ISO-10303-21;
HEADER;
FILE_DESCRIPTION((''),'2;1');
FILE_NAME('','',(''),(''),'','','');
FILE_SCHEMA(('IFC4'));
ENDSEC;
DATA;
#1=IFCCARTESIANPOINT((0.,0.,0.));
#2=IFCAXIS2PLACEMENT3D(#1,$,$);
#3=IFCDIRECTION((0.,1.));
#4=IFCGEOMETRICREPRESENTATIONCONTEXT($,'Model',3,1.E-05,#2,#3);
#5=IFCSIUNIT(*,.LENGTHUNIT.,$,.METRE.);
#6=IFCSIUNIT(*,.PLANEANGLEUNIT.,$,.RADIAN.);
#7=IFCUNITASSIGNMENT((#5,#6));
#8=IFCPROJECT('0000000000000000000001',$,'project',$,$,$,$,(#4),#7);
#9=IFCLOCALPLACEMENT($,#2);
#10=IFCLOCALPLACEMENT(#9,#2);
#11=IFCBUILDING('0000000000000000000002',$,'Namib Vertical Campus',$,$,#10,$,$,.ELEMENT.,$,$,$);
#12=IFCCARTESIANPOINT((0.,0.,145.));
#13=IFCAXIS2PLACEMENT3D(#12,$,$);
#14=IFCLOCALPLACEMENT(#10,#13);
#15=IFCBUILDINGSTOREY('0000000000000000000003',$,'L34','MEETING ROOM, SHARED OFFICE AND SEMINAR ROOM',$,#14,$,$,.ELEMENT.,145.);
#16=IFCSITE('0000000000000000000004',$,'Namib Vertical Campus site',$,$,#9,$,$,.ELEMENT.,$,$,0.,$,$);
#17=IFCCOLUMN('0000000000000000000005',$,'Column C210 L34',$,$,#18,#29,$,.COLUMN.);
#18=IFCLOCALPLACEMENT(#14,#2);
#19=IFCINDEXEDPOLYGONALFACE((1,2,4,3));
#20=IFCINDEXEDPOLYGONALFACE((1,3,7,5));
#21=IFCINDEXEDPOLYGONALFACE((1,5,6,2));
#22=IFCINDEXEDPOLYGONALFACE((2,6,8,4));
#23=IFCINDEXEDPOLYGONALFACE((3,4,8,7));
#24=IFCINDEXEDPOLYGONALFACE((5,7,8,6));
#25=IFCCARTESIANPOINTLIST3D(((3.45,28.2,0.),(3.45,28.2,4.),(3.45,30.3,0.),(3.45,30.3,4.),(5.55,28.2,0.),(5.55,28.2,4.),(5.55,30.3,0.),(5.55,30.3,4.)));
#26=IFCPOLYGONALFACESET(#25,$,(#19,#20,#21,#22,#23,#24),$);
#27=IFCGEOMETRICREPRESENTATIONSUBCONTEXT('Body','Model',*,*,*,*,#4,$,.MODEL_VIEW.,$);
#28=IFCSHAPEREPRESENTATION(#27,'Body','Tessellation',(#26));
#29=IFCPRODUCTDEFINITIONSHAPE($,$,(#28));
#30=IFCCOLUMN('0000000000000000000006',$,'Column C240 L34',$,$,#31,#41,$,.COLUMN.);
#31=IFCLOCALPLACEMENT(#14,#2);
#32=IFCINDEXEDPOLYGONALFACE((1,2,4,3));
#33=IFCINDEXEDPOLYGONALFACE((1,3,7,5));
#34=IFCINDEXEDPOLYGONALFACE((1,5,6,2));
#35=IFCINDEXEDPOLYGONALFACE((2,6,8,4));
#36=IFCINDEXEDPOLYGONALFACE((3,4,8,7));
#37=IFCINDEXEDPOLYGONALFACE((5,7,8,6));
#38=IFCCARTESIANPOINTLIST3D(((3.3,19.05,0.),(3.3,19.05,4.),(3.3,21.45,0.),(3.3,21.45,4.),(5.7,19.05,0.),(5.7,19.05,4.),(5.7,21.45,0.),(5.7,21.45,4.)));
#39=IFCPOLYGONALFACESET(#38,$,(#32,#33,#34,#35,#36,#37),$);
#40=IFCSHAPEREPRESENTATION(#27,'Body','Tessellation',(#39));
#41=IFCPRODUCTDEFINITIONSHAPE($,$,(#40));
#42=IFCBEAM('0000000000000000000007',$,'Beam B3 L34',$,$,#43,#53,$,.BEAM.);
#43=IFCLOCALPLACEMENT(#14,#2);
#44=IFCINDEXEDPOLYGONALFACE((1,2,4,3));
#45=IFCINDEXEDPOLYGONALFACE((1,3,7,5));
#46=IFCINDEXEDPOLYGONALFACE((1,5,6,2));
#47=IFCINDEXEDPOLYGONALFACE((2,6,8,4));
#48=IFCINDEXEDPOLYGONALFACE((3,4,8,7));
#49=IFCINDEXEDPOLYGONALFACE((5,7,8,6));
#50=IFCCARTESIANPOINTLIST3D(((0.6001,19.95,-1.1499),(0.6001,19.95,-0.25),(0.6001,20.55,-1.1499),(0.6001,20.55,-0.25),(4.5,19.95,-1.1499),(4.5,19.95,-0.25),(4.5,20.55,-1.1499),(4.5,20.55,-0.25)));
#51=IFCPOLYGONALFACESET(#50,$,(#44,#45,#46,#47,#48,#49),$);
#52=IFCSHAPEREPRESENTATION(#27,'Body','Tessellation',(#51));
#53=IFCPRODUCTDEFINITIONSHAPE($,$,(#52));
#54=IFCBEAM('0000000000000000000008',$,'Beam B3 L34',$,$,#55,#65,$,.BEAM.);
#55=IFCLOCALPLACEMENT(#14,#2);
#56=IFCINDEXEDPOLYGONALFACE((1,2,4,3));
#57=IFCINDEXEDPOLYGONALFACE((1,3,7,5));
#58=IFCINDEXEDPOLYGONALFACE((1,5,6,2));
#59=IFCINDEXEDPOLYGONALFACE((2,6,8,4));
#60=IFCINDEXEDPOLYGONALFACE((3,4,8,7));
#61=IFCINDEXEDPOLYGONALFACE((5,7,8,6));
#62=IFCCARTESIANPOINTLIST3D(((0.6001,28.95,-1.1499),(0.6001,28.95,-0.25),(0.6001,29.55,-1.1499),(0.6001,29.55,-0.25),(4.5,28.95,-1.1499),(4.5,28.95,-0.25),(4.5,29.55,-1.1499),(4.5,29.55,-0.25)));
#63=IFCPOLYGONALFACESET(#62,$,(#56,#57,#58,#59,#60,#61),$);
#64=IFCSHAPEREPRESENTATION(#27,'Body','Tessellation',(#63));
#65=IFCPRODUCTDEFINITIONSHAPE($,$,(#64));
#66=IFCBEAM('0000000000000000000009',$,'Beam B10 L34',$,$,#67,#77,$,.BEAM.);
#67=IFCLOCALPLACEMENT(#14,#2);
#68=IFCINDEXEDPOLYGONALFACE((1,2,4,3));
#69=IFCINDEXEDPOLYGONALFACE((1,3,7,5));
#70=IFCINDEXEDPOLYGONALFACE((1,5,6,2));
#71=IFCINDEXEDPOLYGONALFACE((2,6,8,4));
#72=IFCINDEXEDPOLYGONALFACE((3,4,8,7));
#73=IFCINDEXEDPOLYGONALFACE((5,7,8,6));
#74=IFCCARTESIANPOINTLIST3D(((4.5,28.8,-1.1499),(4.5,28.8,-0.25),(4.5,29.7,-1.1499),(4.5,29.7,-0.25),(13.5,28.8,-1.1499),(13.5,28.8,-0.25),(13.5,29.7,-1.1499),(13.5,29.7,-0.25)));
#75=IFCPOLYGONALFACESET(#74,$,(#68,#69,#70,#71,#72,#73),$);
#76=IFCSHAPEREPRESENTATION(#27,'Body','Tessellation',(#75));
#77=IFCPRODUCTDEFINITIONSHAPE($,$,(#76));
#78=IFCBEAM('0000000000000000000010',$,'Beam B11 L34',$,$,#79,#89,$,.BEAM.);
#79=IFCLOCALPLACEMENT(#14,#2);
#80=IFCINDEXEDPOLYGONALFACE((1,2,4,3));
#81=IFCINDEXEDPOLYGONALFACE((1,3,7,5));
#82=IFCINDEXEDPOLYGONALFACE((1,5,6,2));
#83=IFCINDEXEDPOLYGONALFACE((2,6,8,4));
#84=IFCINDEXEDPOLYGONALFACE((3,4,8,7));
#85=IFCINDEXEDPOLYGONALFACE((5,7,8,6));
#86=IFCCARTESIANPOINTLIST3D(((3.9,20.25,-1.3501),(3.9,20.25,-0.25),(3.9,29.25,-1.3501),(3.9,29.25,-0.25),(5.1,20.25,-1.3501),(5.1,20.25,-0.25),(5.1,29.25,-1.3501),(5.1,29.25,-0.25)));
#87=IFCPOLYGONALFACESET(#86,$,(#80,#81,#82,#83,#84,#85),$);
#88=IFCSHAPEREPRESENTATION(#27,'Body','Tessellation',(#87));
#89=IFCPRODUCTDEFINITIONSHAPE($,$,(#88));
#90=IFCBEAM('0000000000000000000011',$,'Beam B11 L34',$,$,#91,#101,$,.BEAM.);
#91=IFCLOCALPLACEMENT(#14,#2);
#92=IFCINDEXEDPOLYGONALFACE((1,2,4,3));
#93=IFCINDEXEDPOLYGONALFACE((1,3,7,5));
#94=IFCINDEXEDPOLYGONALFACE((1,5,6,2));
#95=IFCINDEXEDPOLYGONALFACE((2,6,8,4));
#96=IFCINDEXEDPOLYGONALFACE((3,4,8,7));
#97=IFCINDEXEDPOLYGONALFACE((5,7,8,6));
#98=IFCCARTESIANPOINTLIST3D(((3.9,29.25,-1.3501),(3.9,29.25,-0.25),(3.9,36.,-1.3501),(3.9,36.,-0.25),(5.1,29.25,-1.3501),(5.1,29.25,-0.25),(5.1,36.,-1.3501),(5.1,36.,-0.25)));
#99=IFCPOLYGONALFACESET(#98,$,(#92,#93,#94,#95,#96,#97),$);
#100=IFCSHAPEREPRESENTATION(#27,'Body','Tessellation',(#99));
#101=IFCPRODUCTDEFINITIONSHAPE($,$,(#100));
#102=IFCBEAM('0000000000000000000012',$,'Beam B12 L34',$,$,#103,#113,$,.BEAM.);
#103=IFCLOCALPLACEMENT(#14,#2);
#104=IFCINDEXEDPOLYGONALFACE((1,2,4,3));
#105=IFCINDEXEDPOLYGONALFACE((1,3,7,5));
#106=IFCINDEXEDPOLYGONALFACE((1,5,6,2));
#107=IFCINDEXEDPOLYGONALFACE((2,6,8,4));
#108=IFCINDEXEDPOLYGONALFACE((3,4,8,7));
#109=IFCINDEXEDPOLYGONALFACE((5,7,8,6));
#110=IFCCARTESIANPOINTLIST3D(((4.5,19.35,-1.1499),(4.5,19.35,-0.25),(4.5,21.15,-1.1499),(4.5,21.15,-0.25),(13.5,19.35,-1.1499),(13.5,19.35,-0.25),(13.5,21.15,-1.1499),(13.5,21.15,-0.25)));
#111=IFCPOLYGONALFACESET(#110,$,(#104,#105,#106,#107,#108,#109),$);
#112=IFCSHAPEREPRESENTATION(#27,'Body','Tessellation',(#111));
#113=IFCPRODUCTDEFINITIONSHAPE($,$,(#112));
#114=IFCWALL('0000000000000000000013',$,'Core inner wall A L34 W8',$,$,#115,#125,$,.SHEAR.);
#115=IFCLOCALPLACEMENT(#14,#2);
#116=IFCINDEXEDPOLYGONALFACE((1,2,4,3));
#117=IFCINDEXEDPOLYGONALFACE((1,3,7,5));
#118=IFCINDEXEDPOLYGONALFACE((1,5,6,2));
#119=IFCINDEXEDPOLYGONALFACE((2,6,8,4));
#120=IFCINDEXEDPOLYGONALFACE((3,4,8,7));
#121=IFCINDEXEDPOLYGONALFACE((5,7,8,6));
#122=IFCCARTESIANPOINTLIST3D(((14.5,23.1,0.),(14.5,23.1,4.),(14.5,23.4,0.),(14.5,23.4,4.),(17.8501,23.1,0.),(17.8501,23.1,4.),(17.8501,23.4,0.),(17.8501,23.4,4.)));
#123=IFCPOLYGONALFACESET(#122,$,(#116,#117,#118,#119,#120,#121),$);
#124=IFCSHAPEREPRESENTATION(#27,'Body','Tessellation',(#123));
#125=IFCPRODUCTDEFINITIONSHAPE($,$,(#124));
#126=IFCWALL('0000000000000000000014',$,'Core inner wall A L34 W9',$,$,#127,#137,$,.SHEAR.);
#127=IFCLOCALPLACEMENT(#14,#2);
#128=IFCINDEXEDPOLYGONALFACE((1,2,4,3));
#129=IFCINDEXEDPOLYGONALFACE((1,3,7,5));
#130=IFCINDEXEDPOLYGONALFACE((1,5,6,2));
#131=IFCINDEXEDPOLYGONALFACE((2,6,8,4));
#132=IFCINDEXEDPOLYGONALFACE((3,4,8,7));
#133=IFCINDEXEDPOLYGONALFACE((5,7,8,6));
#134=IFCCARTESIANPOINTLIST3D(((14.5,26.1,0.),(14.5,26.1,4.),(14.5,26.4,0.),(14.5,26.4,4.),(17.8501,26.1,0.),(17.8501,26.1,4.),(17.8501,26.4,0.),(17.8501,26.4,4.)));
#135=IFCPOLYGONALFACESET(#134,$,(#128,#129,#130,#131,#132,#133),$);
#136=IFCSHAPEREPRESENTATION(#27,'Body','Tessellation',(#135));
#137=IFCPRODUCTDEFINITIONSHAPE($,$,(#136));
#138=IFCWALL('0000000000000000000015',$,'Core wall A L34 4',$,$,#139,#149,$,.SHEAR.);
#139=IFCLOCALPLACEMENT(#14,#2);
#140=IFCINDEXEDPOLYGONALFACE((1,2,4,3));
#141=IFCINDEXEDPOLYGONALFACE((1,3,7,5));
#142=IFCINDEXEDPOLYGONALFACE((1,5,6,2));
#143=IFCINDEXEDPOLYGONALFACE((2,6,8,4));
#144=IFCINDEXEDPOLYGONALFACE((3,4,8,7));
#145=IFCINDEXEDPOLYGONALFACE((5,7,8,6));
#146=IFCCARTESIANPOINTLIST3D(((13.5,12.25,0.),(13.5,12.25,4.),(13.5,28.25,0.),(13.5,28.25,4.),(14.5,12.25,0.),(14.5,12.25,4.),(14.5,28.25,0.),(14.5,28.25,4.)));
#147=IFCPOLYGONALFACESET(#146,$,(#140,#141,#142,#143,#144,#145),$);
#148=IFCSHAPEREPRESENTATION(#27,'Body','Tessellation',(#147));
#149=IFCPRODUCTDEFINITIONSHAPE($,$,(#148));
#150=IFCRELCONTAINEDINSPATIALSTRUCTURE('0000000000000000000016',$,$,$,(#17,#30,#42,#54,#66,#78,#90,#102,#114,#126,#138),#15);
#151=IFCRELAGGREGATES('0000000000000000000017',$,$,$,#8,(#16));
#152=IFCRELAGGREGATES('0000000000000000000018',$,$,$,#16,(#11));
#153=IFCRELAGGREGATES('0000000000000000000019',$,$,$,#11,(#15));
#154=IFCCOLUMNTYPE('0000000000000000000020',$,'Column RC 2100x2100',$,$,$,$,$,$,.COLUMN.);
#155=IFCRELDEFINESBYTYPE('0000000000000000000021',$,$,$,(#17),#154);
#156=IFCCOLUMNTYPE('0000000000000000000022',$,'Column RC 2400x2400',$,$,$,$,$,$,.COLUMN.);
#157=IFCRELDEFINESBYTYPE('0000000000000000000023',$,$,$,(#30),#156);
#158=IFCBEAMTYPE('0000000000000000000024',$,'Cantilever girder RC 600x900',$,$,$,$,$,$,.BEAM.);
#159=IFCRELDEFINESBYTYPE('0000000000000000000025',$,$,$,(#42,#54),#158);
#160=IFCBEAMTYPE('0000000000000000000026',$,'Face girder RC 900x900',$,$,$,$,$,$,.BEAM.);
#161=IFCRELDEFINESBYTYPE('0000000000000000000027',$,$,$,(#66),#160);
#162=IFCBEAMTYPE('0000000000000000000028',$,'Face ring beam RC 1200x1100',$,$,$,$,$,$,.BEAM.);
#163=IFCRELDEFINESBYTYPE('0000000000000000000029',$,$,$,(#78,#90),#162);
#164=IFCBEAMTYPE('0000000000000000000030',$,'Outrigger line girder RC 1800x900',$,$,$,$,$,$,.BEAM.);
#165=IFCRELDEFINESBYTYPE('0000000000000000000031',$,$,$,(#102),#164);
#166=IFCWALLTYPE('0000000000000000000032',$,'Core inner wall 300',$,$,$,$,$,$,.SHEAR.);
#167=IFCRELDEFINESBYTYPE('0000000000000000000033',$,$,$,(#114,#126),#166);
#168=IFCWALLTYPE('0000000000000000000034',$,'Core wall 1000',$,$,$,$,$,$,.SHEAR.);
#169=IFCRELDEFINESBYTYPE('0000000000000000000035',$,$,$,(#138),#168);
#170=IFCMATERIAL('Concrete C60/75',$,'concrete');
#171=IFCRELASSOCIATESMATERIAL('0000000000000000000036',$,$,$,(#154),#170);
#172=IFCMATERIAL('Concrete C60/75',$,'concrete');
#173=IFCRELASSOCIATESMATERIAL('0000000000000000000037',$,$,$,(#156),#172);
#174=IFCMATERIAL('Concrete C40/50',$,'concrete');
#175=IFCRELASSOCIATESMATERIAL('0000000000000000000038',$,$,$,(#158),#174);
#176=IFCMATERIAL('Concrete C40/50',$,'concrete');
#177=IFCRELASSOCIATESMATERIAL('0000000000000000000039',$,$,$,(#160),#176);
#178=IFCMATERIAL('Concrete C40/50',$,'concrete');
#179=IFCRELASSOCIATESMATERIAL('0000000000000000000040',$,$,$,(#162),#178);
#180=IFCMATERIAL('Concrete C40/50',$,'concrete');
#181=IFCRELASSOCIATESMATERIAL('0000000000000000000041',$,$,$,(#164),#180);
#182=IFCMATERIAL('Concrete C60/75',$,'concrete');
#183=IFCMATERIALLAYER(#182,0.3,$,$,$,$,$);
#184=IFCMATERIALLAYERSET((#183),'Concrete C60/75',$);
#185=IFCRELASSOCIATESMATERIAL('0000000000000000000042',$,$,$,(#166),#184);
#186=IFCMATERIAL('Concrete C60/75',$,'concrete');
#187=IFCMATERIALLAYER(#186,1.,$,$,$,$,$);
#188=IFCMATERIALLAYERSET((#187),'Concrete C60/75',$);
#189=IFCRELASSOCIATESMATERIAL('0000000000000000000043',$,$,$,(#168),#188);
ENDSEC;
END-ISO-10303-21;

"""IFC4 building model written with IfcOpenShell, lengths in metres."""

from ifc_helpers import new_model, si_unit, direction, frame, frame_2d, origin, origin_2d, place, context, subcontext, project, spatial, rectangle, extrude, material, layer, layer_set, material_profile, profile_set, type_object, element, save


model = new_model("IFC4")

# Units and contexts
model_context = context("Model", 3, precision=1e-05, world=origin(), true_north=direction((0.0, 1.0)))
body_context = subcontext(model_context, "Body", "Model", "MODEL_VIEW")
ifc_project = project(units=[si_unit("LENGTHUNIT", "METRE"), si_unit("PLANEANGLEUNIT", "RADIAN")], contexts=[model_context])

# Site, building, storey
site_placement = place(None, origin())
site = spatial("IfcSite", under=ifc_project, at=site_placement, Name="Namib Vertical Campus site", CompositionType="ELEMENT", RefElevation=0.0)
building_placement = place(site_placement, origin())
building = spatial("IfcBuilding", under=site, at=building_placement, Name="Namib Vertical Campus", CompositionType="ELEMENT")
storey_placement = place(building_placement, frame((0.0, 0.0, 145.0)))
storey = spatial("IfcBuildingStorey", under=building, at=storey_placement, Name="L34", Description="MEETING ROOM, SHARED OFFICE AND SEMINAR ROOM", CompositionType="ELEMENT", Elevation=145.0)

# Columns
ifc_material_1 = material(Name="Concrete C60/75", Category="concrete")
ifc_material_profile_1 = material_profile(ifc_material_1, rectangle(XDim=2.1001, YDim=2.1001, at=origin_2d()))
ifc_profile_set_1 = profile_set([ifc_material_profile_1], Name="Concrete C60/75")
column_type_1 = type_object("IfcColumnType", Name="Column RC 2100x2100", PredefinedType="COLUMN", material=ifc_profile_set_1)
column_1_placement = place(storey_placement, frame((4.5, 29.25, 0.0), z_axis=(0.0, 0.0, 1.0), x_axis=(1.0, 0.0, 0.0)))
element("IfcColumn", 1, at=column_1_placement, inside=storey, type_object=column_type_1, Name="Column C210 L34", PredefinedType="COLUMN", context=body_context, shape_type="SweptSolid", body=[
    extrude(rectangle(XDim=2.1001, YDim=2.1001, at=origin_2d()), origin(), (0.0, 0.0, 1.0), 4.0),
])
ifc_material_2 = material(Name="Concrete C60/75", Category="concrete")
ifc_material_profile_2 = material_profile(ifc_material_2, rectangle(XDim=2.3999, YDim=2.3999, at=origin_2d()))
ifc_profile_set_2 = profile_set([ifc_material_profile_2], Name="Concrete C60/75")
column_type_2 = type_object("IfcColumnType", Name="Column RC 2400x2400", PredefinedType="COLUMN", material=ifc_profile_set_2)
column_2_placement = place(storey_placement, frame((4.5, 20.25, 0.0), z_axis=(0.0, 0.0, 1.0), x_axis=(1.0, 0.0, 0.0)))
element("IfcColumn", 2, at=column_2_placement, inside=storey, type_object=column_type_2, Name="Column C240 L34", PredefinedType="COLUMN", context=body_context, shape_type="SweptSolid", body=[
    extrude(rectangle(XDim=2.3999, YDim=2.3999, at=origin_2d()), origin(), (0.0, 0.0, 1.0), 4.0),
])

# Beams
ifc_material_3 = material(Name="Concrete C40/50", Category="concrete")
ifc_material_profile_3 = material_profile(ifc_material_3, rectangle(XDim=0.6001, YDim=0.8999, at=origin_2d()))
ifc_profile_set_3 = profile_set([ifc_material_profile_3], Name="Concrete C40/50")
beam_type_1 = type_object("IfcBeamType", Name="Cantilever girder RC 600x900", PredefinedType="BEAM", material=ifc_profile_set_3)
for number, where, z_axis, x_axis, name in (
    (3, (4.5, 20.25, -0.7), (-1.0, 0.0, 0.0), (0.0, -1.0, 0.0), "Beam B3 L34"),
    (4, (4.5, 29.25, -0.7), (-1.0, 0.0, 0.0), (0.0, -1.0, 0.0), "Beam B3 L34"),
):
    element("IfcBeam", number, at=place(storey_placement, frame(where, z_axis=z_axis, x_axis=x_axis)), inside=storey, type_object=beam_type_1, Name=name, PredefinedType="BEAM", context=body_context, shape_type="SweptSolid", body=[
        extrude(rectangle(XDim=0.6001, YDim=0.8999, at=origin_2d()), origin(), (0.0, 0.0, 1.0), 3.8999),
    ])
ifc_material_4 = material(Name="Concrete C40/50", Category="concrete")
ifc_material_profile_4 = material_profile(ifc_material_4, rectangle(XDim=0.8999, YDim=0.8999, at=origin_2d()))
ifc_profile_set_4 = profile_set([ifc_material_profile_4], Name="Concrete C40/50")
beam_type_2 = type_object("IfcBeamType", Name="Face girder RC 900x900", PredefinedType="BEAM", material=ifc_profile_set_4)
beam_1_placement = place(storey_placement, frame((4.5, 29.25, -0.7), z_axis=(1.0, 0.0, 0.0), x_axis=(0.0, 1.0, 0.0)))
element("IfcBeam", 5, at=beam_1_placement, inside=storey, type_object=beam_type_2, Name="Beam B10 L34", PredefinedType="BEAM", context=body_context, shape_type="SweptSolid", body=[
    extrude(rectangle(XDim=0.8999, YDim=0.8999, at=origin_2d()), origin(), (0.0, 0.0, 1.0), 9.0),
])
ifc_material_5 = material(Name="Concrete C40/50", Category="concrete")
ifc_material_profile_5 = material_profile(ifc_material_5, rectangle(XDim=1.2, YDim=1.1001, at=origin_2d()))
ifc_profile_set_5 = profile_set([ifc_material_profile_5], Name="Concrete C40/50")
beam_type_3 = type_object("IfcBeamType", Name="Face ring beam RC 1200x1100", PredefinedType="BEAM", material=ifc_profile_set_5)
beam_2_placement = place(storey_placement, frame((4.5, 20.25, -0.8), z_axis=(0.0, 1.0, 0.0), x_axis=(-1.0, 0.0, 0.0)))
element("IfcBeam", 6, at=beam_2_placement, inside=storey, type_object=beam_type_3, Name="Beam B11 L34", PredefinedType="BEAM", context=body_context, shape_type="SweptSolid", body=[
    extrude(rectangle(XDim=1.2, YDim=1.1001, at=origin_2d()), origin(), (0.0, 0.0, 1.0), 9.0),
])
beam_3_placement = place(storey_placement, frame((4.5, 29.25, -0.8), z_axis=(0.0, 1.0, 0.0), x_axis=(-1.0, 0.0, 0.0)))
element("IfcBeam", 7, at=beam_3_placement, inside=storey, type_object=beam_type_3, Name="Beam B11 L34", PredefinedType="BEAM", context=body_context, shape_type="SweptSolid", body=[
    extrude(rectangle(XDim=1.2, YDim=1.1001, at=origin_2d()), origin(), (0.0, 0.0, 1.0), 6.75),
])
ifc_material_6 = material(Name="Concrete C40/50", Category="concrete")
ifc_material_profile_6 = material_profile(ifc_material_6, rectangle(XDim=1.8, YDim=0.8999, at=origin_2d()))
ifc_profile_set_6 = profile_set([ifc_material_profile_6], Name="Concrete C40/50")
beam_type_4 = type_object("IfcBeamType", Name="Outrigger line girder RC 1800x900", PredefinedType="BEAM", material=ifc_profile_set_6)
beam_4_placement = place(storey_placement, frame((4.5, 20.25, -0.7), z_axis=(1.0, 0.0, 0.0), x_axis=(0.0, 1.0, 0.0)))
element("IfcBeam", 8, at=beam_4_placement, inside=storey, type_object=beam_type_4, Name="Beam B12 L34", PredefinedType="BEAM", context=body_context, shape_type="SweptSolid", body=[
    extrude(rectangle(XDim=1.8, YDim=0.8999, at=origin_2d()), origin(), (0.0, 0.0, 1.0), 9.0),
])

# Walls
ifc_material_7 = material(Name="Concrete C60/75", Category="concrete")
ifc_layer_1 = layer(ifc_material_7, 0.3)
ifc_layer_set_1 = layer_set([ifc_layer_1], Name="Concrete C60/75")
wall_type_1 = type_object("IfcWallType", Name="Core inner wall 300", PredefinedType="SHEAR", material=ifc_layer_set_1)
for number, where, z_axis, x_axis, name in (
    (9, (14.5, 23.25, 0.0), (0.0, 0.0, 1.0), (1.0, 0.0, 0.0), "Core inner wall A L34 W8"),
    (10, (14.5, 26.25, 0.0), (0.0, 0.0, 1.0), (1.0, 0.0, 0.0), "Core inner wall A L34 W9"),
):
    element("IfcWall", number, at=place(storey_placement, frame(where, z_axis=z_axis, x_axis=x_axis)), inside=storey, type_object=wall_type_1, Name=name, PredefinedType="SHEAR", context=body_context, shape_type="SweptSolid", body=[
        extrude(rectangle(XDim=3.3501, YDim=0.3, at=frame_2d((1.675, 0.0))), origin(), (0.0, 0.0, 1.0), 4.0),
    ])
ifc_material_8 = material(Name="Concrete C60/75", Category="concrete")
ifc_layer_2 = layer(ifc_material_8, 1.0)
ifc_layer_set_2 = layer_set([ifc_layer_2], Name="Concrete C60/75")
wall_type_2 = type_object("IfcWallType", Name="Core wall 1000", PredefinedType="SHEAR", material=ifc_layer_set_2)
wall_1_placement = place(storey_placement, frame((14.0, 28.25, 0.0), z_axis=(0.0, 0.0, 1.0), x_axis=(0.0, -1.0, 0.0)))
element("IfcWall", 11, at=wall_1_placement, inside=storey, type_object=wall_type_2, Name="Core wall A L34 4", PredefinedType="SHEAR", context=body_context, shape_type="SweptSolid", body=[
    extrude(rectangle(XDim=16.0, YDim=1.0, at=frame_2d((8.0, 0.0))), origin(), (0.0, 0.0, 1.0), 4.0),
])

save(model, "model.ifc")
